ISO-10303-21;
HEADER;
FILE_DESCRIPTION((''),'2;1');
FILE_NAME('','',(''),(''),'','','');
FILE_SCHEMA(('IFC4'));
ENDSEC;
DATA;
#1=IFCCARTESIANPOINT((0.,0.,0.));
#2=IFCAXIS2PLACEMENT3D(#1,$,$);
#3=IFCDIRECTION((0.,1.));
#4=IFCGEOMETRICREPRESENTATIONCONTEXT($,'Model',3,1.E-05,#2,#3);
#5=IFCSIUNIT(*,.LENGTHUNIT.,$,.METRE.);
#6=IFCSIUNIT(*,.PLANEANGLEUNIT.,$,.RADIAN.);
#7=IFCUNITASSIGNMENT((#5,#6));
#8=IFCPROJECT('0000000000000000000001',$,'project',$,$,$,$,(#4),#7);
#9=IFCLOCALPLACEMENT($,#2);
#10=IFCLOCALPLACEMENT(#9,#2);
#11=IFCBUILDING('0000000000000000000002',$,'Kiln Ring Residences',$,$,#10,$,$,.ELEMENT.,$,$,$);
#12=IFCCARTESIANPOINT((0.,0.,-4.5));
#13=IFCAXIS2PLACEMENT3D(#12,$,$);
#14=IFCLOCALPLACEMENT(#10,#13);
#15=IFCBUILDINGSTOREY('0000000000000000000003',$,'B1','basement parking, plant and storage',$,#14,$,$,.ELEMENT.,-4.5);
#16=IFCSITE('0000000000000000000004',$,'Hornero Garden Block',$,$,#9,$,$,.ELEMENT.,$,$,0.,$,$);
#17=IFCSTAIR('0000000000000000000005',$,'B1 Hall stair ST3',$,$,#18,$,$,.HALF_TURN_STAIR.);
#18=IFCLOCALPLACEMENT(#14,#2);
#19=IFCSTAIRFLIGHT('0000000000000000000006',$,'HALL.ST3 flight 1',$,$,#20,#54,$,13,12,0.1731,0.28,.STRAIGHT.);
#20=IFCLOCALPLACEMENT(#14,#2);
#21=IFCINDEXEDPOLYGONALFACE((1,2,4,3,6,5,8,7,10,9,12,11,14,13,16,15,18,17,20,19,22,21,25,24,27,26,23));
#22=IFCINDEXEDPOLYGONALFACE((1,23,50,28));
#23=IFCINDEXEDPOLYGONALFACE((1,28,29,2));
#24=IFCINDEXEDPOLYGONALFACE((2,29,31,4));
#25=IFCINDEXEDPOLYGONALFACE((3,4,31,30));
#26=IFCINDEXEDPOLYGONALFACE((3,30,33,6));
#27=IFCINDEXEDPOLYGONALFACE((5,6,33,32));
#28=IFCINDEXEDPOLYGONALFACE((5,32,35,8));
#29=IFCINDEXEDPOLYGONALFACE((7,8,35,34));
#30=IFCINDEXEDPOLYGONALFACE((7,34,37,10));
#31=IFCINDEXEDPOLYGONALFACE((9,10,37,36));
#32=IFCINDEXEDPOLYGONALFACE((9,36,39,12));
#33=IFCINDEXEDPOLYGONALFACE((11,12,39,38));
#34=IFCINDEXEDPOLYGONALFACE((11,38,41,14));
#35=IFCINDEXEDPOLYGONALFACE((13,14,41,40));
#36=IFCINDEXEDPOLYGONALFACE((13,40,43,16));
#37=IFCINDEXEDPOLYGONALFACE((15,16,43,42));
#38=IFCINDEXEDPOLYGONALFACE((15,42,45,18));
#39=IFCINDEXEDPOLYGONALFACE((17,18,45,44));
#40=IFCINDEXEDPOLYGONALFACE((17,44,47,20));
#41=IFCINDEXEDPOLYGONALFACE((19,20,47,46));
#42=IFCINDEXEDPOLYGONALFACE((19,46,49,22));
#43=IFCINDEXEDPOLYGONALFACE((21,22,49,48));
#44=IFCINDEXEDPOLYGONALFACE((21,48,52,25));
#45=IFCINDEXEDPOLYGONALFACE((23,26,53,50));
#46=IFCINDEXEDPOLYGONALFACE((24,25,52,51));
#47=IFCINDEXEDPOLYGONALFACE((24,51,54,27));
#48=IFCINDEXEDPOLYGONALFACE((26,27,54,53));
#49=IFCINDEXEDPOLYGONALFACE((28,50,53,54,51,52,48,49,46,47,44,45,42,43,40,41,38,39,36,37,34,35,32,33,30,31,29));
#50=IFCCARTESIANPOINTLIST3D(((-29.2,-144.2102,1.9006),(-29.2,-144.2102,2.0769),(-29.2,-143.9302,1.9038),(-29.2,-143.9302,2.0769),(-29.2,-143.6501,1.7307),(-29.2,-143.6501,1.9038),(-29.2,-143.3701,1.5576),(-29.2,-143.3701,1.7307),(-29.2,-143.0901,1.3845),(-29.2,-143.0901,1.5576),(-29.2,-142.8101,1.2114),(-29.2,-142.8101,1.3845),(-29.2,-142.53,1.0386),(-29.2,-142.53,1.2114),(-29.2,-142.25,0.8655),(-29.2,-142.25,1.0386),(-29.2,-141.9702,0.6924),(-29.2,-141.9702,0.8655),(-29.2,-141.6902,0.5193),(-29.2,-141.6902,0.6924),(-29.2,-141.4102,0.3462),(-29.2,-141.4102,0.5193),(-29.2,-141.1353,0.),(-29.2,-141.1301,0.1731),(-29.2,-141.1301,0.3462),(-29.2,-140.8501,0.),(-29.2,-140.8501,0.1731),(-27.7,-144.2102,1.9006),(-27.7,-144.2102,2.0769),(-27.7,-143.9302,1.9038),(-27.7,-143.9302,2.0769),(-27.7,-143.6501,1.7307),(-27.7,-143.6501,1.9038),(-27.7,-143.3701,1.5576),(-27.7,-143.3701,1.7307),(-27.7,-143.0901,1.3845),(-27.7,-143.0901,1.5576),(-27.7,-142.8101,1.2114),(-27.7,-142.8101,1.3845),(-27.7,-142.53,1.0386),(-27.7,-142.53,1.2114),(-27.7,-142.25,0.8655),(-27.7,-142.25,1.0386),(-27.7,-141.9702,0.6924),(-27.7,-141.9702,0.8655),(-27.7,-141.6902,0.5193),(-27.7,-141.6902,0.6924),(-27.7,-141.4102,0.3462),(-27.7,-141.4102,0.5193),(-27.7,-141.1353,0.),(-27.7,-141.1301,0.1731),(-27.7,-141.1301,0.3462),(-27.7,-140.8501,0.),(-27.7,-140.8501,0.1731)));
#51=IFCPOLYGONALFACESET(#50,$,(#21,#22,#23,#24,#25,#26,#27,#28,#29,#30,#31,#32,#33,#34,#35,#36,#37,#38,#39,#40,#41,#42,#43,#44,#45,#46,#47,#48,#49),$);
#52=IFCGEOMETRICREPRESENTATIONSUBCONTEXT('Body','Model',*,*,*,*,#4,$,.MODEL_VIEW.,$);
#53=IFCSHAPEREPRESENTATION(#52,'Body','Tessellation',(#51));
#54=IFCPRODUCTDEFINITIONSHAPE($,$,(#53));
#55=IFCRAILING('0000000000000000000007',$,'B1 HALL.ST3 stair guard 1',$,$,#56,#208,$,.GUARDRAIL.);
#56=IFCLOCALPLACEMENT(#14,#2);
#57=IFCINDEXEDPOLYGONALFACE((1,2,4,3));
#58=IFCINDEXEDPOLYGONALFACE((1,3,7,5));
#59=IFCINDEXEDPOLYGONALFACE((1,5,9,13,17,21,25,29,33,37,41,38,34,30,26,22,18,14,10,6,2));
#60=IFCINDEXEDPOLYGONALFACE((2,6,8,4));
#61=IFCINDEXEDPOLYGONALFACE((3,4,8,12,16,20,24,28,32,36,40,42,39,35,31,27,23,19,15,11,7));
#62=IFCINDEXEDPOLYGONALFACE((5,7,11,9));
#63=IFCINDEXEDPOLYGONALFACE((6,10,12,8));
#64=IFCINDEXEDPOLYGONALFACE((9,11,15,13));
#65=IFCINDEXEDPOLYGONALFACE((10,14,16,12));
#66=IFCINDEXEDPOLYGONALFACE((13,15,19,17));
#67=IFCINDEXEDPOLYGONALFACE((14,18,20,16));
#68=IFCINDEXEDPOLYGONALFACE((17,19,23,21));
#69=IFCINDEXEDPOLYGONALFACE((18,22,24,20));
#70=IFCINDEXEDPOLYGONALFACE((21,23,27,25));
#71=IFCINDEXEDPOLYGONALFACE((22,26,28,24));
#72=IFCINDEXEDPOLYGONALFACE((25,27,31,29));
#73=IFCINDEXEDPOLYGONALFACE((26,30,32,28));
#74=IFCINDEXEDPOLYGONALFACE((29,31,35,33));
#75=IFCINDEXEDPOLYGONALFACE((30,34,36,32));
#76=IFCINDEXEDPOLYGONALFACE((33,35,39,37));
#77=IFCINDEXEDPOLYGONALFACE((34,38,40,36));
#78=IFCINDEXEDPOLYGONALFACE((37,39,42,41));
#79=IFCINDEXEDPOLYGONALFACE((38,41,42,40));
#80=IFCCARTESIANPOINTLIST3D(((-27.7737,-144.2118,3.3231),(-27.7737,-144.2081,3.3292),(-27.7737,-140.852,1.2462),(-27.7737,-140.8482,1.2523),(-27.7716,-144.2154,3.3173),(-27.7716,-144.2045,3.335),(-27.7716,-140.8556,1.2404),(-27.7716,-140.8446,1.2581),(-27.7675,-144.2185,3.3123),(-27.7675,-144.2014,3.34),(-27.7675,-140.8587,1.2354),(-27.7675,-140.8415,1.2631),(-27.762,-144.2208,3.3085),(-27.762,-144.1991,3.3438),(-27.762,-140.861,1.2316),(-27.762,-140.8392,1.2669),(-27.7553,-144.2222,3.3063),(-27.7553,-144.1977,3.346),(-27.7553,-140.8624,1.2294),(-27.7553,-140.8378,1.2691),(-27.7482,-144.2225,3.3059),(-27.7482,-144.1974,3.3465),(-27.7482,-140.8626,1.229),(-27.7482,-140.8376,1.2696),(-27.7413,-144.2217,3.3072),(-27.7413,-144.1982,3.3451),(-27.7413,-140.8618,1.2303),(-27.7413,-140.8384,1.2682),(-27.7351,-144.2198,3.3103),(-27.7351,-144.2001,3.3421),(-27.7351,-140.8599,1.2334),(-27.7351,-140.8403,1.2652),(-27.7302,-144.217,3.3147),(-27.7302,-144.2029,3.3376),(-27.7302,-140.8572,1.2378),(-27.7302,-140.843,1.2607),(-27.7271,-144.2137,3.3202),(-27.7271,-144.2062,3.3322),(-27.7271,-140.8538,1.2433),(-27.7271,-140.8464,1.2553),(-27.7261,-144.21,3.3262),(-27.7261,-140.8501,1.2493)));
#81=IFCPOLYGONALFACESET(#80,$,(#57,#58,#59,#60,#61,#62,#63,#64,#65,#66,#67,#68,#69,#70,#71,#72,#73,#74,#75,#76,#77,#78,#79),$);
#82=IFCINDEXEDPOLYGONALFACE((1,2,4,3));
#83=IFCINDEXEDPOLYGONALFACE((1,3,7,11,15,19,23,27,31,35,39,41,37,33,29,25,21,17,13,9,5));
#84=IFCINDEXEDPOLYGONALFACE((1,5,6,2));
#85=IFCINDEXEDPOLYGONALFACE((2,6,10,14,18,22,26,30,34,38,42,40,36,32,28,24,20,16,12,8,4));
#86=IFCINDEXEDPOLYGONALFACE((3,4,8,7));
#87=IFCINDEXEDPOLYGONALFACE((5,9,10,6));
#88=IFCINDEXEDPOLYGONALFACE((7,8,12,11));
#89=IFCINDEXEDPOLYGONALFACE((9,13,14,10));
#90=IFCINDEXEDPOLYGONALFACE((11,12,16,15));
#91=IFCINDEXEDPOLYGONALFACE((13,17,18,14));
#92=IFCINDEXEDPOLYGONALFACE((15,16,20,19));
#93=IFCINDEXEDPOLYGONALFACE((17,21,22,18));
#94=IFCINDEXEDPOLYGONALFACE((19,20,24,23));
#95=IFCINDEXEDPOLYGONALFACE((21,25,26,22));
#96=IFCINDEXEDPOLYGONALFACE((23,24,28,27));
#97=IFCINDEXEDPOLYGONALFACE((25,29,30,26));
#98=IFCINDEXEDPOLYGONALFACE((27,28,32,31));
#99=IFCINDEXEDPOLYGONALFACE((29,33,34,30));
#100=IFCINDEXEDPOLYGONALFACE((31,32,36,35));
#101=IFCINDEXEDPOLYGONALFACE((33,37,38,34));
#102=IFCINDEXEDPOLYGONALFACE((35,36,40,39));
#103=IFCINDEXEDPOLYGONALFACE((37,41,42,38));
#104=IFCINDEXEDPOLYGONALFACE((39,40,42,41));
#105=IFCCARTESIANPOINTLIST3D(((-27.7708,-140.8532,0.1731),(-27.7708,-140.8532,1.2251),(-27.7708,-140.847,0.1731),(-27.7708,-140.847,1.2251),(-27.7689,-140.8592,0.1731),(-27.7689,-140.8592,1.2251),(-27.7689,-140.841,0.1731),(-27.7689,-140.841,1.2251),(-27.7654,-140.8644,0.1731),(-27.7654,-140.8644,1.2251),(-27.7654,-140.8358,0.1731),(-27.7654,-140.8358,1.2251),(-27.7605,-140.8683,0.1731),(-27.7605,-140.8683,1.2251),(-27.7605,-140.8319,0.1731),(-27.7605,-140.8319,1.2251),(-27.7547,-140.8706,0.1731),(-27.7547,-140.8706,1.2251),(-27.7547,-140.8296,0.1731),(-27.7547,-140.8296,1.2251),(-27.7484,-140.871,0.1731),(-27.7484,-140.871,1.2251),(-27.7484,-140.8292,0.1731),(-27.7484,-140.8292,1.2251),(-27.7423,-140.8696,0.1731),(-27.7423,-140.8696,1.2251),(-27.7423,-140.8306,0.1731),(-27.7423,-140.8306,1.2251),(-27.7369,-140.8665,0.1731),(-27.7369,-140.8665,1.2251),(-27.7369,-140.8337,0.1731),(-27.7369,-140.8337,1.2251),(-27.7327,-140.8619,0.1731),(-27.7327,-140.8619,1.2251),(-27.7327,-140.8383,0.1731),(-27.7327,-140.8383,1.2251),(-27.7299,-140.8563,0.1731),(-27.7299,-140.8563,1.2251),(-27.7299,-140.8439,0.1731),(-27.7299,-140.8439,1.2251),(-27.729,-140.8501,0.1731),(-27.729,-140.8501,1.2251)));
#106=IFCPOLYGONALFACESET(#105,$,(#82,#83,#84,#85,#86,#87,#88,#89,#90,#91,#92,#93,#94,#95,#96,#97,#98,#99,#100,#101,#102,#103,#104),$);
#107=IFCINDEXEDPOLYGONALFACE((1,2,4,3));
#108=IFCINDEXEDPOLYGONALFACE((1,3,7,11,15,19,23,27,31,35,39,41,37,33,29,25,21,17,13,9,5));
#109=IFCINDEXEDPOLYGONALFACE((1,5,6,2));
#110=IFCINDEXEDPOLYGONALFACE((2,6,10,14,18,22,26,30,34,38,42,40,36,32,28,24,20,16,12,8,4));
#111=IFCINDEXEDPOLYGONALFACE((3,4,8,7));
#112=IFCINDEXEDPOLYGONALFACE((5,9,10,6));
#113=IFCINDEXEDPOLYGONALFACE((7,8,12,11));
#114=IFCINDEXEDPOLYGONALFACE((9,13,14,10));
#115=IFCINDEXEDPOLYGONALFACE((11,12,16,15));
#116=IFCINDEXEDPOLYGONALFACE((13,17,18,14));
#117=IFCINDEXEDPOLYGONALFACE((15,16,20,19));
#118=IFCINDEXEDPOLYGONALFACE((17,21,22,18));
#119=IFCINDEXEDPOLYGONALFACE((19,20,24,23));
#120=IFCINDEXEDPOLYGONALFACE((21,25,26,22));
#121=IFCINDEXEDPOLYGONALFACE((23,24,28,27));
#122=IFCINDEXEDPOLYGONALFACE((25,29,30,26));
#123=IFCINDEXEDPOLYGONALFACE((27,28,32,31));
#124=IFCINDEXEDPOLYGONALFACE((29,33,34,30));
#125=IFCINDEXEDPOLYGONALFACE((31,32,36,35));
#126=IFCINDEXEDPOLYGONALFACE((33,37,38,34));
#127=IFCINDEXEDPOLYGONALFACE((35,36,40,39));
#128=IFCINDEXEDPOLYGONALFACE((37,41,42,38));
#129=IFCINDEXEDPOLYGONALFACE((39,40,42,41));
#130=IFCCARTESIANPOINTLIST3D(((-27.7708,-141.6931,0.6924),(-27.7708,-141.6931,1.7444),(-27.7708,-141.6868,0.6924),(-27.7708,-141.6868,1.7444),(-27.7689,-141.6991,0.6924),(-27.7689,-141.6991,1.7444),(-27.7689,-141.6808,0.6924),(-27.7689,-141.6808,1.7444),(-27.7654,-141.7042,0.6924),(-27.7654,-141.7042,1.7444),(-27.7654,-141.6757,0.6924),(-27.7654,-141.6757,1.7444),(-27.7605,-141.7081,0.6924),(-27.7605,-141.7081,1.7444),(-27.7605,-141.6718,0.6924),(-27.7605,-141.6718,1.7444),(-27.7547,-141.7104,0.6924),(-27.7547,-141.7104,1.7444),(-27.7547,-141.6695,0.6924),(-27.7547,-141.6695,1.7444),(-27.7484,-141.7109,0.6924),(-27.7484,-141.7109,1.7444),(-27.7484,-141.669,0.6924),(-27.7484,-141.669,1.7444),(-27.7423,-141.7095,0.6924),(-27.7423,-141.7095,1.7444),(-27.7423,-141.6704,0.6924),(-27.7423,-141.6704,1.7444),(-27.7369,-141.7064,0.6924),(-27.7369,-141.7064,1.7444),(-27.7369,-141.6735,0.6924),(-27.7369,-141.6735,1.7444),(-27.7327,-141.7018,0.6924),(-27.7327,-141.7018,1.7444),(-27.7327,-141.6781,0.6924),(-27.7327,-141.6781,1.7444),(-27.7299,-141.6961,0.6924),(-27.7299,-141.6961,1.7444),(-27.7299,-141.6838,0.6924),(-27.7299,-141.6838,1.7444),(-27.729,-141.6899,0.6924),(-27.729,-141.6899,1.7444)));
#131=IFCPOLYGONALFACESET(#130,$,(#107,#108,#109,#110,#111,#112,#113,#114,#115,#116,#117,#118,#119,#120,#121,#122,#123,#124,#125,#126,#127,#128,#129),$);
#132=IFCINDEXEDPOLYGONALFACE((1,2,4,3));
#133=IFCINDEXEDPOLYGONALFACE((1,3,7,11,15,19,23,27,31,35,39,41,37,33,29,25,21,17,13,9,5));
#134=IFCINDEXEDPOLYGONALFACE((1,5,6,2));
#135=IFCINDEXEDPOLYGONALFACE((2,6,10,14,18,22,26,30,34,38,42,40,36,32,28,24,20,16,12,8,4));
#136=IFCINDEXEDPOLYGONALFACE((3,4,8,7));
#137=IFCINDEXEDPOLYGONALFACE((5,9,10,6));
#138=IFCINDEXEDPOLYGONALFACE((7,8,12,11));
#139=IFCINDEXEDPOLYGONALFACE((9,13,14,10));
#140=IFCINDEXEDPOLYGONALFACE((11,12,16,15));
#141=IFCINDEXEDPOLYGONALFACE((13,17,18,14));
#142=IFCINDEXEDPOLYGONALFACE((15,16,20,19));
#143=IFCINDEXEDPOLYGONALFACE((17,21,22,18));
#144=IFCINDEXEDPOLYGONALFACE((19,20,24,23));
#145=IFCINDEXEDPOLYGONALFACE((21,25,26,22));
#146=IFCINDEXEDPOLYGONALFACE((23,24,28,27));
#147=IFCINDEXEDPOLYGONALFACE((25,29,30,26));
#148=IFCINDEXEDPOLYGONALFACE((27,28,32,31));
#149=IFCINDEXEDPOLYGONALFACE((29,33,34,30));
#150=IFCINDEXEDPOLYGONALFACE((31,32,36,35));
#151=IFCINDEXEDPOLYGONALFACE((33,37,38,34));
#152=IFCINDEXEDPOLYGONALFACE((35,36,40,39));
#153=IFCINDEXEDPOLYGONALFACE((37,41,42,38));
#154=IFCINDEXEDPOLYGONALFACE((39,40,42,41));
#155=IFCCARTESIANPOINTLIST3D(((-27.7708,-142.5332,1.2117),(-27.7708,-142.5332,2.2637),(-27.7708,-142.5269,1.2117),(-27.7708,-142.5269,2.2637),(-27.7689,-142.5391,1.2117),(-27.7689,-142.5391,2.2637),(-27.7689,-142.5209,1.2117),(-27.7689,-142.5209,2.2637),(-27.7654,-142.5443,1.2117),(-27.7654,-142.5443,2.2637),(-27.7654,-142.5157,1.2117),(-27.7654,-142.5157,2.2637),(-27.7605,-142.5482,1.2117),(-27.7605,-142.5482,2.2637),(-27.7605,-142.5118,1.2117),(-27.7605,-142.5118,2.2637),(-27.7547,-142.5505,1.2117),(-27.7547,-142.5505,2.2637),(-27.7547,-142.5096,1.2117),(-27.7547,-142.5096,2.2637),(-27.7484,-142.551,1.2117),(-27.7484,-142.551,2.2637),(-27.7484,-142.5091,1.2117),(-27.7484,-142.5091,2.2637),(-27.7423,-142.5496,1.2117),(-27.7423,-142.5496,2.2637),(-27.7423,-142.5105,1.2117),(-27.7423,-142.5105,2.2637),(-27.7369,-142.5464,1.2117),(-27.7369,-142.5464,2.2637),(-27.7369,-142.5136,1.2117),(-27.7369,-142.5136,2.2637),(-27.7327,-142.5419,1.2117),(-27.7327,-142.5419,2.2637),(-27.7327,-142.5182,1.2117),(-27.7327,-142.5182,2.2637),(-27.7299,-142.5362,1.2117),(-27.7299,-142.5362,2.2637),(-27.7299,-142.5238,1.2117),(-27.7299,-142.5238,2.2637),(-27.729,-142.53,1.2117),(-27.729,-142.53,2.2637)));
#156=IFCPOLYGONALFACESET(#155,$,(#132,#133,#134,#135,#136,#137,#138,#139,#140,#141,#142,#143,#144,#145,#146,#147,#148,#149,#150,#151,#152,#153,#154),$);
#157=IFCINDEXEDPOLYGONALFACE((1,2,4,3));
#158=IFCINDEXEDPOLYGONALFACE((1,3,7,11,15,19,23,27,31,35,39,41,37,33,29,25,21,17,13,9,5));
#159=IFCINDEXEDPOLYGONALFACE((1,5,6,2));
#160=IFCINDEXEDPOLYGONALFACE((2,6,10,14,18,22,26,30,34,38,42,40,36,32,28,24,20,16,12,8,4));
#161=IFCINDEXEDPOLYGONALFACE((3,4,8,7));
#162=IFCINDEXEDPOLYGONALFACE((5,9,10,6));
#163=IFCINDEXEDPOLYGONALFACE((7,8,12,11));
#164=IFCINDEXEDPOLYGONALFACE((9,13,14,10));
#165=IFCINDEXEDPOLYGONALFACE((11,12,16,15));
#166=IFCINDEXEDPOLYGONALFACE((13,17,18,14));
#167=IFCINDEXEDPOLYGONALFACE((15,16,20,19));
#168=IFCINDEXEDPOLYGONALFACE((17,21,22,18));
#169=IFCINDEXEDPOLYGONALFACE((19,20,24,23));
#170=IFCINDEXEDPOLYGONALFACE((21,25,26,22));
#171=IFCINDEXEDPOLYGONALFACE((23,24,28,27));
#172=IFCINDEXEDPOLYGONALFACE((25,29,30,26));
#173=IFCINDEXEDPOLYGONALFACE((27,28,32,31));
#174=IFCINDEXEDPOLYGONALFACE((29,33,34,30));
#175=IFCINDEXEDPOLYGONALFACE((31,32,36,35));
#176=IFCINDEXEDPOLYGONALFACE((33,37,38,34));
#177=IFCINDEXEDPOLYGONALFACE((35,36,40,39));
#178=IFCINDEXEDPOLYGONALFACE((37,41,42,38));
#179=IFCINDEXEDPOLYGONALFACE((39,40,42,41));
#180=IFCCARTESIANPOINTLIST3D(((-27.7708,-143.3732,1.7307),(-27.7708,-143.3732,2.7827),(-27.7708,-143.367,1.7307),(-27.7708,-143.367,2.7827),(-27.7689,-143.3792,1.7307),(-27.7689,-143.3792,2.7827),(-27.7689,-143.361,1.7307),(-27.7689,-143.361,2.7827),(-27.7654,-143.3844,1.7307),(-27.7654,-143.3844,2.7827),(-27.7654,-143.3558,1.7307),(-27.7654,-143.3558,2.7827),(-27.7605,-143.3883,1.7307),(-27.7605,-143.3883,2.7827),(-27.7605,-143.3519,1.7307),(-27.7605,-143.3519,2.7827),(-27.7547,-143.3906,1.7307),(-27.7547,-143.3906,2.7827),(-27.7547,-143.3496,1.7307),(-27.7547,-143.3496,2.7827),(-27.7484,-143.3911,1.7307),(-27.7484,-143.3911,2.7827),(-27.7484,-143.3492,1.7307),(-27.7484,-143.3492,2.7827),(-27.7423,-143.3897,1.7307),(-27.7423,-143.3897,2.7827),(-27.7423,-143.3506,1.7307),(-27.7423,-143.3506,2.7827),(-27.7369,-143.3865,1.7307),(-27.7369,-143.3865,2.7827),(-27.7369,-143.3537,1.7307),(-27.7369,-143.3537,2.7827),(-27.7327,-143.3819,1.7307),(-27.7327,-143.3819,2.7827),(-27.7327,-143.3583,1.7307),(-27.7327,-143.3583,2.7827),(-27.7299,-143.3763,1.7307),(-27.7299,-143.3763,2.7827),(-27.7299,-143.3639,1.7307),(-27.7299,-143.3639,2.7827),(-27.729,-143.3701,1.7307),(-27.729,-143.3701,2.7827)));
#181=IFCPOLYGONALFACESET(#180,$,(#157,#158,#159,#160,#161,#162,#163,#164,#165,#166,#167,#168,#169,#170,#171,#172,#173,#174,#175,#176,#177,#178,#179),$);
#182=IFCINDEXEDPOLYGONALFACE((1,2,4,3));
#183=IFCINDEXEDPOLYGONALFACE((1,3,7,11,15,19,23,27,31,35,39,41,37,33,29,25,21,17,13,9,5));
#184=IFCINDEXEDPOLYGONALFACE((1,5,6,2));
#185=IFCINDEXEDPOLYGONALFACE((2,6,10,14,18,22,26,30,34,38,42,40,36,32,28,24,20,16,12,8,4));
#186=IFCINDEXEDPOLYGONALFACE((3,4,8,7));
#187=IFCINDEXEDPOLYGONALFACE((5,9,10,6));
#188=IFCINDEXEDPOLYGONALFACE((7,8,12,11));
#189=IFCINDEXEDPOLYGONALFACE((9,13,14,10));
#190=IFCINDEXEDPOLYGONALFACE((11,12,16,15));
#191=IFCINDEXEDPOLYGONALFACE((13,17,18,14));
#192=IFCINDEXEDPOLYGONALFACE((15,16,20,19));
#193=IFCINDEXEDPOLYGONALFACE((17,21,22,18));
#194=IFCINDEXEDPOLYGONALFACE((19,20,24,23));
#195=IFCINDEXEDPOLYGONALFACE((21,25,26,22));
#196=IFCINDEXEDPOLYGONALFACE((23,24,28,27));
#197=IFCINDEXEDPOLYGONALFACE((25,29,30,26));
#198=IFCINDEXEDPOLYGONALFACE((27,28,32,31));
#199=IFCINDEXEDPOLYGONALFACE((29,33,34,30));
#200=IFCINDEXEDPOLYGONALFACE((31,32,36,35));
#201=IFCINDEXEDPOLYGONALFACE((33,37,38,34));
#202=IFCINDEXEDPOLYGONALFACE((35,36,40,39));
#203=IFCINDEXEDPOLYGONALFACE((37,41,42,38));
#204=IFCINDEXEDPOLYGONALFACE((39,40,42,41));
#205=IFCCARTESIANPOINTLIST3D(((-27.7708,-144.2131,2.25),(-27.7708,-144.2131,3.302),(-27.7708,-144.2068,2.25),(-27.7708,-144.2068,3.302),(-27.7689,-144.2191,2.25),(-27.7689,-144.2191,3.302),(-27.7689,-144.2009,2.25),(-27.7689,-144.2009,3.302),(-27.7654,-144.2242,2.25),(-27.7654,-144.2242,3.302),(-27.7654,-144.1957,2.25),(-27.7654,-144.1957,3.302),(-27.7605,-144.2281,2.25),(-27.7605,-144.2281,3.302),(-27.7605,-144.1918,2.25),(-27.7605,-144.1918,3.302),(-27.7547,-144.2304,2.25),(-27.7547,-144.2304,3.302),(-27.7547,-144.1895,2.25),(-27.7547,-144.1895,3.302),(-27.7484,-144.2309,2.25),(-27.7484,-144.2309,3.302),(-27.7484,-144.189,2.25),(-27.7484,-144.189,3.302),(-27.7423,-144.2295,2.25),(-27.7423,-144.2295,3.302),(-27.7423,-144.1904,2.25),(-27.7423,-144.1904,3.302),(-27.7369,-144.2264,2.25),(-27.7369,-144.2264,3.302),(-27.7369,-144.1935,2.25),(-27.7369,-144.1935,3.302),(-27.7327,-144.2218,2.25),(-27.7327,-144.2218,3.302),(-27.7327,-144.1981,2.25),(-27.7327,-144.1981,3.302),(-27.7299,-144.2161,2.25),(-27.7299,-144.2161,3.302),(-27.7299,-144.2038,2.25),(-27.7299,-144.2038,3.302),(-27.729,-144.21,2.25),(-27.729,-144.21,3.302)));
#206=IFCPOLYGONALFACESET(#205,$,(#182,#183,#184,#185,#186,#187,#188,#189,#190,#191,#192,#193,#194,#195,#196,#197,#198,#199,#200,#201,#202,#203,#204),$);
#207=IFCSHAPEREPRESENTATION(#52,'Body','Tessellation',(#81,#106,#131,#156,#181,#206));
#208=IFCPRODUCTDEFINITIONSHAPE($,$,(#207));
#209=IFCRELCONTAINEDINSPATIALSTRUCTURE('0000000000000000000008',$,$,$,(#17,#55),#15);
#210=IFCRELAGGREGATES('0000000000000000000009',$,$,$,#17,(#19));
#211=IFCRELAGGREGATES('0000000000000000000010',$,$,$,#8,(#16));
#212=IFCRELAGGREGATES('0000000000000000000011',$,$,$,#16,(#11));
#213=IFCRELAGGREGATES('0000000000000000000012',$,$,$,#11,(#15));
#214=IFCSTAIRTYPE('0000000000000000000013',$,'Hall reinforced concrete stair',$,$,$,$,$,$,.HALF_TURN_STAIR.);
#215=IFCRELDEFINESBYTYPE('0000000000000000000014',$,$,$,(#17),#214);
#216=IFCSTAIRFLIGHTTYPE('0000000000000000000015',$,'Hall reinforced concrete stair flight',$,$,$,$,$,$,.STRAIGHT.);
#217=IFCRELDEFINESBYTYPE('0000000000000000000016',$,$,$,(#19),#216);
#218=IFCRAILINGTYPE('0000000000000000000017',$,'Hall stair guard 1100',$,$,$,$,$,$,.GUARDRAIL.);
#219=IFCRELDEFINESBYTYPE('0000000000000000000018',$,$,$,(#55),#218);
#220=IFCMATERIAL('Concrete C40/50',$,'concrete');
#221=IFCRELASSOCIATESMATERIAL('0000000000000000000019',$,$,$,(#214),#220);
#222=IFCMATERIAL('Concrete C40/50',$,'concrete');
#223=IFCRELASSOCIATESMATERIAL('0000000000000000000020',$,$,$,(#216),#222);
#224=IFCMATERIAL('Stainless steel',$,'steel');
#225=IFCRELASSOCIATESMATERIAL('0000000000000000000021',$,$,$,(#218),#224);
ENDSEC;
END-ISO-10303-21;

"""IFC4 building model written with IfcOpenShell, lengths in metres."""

from ifc_helpers import new_model, si_unit, direction, frame, origin, origin_2d, place, context, subcontext, project, spatial, polyline, circle, outline, extrude, material, type_object, element, aggregate, save


model = new_model("IFC4")

# Units and contexts
model_context = context("Model", 3, precision=1e-05, world=origin(), true_north=direction((0.0, 1.0)))
body_context = subcontext(model_context, "Body", "Model", "MODEL_VIEW")
ifc_project = project(units=[si_unit("LENGTHUNIT", "METRE"), si_unit("PLANEANGLEUNIT", "RADIAN")], contexts=[model_context])

# Site, building, storey
site_placement = place(None, origin())
site = spatial("IfcSite", under=ifc_project, at=site_placement, Name="Hornero Garden Block", CompositionType="ELEMENT", RefElevation=0.0)
building_placement = place(site_placement, origin())
building = spatial("IfcBuilding", under=site, at=building_placement, Name="Kiln Ring Residences", CompositionType="ELEMENT")
storey_placement = place(building_placement, frame((0.0, 0.0, -4.5)))
storey = spatial("IfcBuildingStorey", under=building, at=storey_placement, Name="B1", Description="basement parking, plant and storage", CompositionType="ELEMENT", Elevation=-4.5)

# Stair, stair flight
ifc_material_1 = material(Name="Concrete C40/50", Category="concrete")
stair_type = type_object("IfcStairType", Name="Hall reinforced concrete stair", PredefinedType="HALF_TURN_STAIR", material=ifc_material_1)
stair_placement = place(storey_placement, origin())
stair = element("IfcStair", 1, at=stair_placement, inside=storey, type_object=stair_type, Name="B1 Hall stair ST3", PredefinedType="HALF_TURN_STAIR")
ifc_material_2 = material(Name="Concrete C40/50", Category="concrete")
stair_flight_type = type_object("IfcStairFlightType", Name="Hall reinforced concrete stair flight", PredefinedType="STRAIGHT", material=ifc_material_2)
stair_flight_placement = place(storey_placement, frame((-28.45, -140.8501, 0.0), z_axis=(0.0, 0.0, 1.0), x_axis=(0.0, -1.0, 0.0)))
stair_flight = element("IfcStairFlight", 2, at=stair_flight_placement, type_object=stair_flight_type, Name="HALL.ST3 flight 1", NumberOfRisers=13, NumberOfTreads=12, PredefinedType="STRAIGHT", RiserHeight=0.1731, TreadLength=0.28, context=body_context, shape_type="SweptSolid", body=[
    extrude(outline(polyline([(0.0, 0.0), (0.0, 0.1731), (0.28, 0.1731), (0.28, 0.3462), (0.5601, 0.3462), (0.5601, 0.5193), (0.8401, 0.5193), (0.8401, 0.6924), (1.1201, 0.6924), (1.1201, 0.8655), (1.3999, 0.8655), (1.3999, 1.0386), (1.6799, 1.0386), (1.6799, 1.2114), (1.96, 1.2114), (1.96, 1.3845), (2.24, 1.3845), (2.24, 1.5576), (2.52, 1.5576), (2.52, 1.7307), (2.8, 1.7307), (2.8, 1.9038), (3.0801, 1.9038), (3.0801, 2.0769), (3.3601, 2.0769), (3.3601, 2.25), (3.3601, 1.9006), (0.2852, 0.0), (0.0, 0.0)])), frame((0.0, 0.75, 0.0), z_axis=(0.0, -1.0, 0.0), x_axis=(1.0, 0.0, 0.0)), (0.0, 0.0, 1.0), 1.5),
])
aggregate(stair, [stair_flight])

# Railing
ifc_material_3 = material(Name="Stainless steel", Category="steel")
railing_type_1 = type_object("IfcRailingType", Name="Hall stair guard 1100", PredefinedType="GUARDRAIL", material=ifc_material_3)
railing_1_placement = place(storey_placement, frame((-27.75, -140.8501, 0.1731)))
element("IfcRailing", 3, at=railing_1_placement, inside=storey, type_object=railing_type_1, Name="B1 HALL.ST3 stair guard 1", PredefinedType="GUARDRAIL", context=body_context, shape_type="SweptSolid", body=[
    extrude(circle(Radius=0.0239, at=origin_2d()), frame((0.0, 0.0, 1.0762), z_axis=(0.0, -0.850606, 0.525803), x_axis=(1.0, 0.0, 0.0)), (0.0, 0.0, 1.0), 3.95),
    extrude(circle(Radius=0.021, at=origin_2d()), origin(), (0.0, 0.0, 1.0), 1.052),
    extrude(circle(Radius=0.021, at=origin_2d()), frame((0.0, -0.8398, 0.5193)), (0.0, 0.0, 1.0), 1.052),
    extrude(circle(Radius=0.021, at=origin_2d()), frame((0.0, -1.6799, 1.0386)), (0.0, 0.0, 1.0), 1.052),
    extrude(circle(Radius=0.021, at=origin_2d()), frame((0.0, -2.52, 1.5576)), (0.0, 0.0, 1.0), 1.052),
    extrude(circle(Radius=0.021, at=origin_2d()), frame((0.0, -3.3599, 2.0769)), (0.0, 0.0, 1.0), 1.052),
])

save(model, "model.ifc")
